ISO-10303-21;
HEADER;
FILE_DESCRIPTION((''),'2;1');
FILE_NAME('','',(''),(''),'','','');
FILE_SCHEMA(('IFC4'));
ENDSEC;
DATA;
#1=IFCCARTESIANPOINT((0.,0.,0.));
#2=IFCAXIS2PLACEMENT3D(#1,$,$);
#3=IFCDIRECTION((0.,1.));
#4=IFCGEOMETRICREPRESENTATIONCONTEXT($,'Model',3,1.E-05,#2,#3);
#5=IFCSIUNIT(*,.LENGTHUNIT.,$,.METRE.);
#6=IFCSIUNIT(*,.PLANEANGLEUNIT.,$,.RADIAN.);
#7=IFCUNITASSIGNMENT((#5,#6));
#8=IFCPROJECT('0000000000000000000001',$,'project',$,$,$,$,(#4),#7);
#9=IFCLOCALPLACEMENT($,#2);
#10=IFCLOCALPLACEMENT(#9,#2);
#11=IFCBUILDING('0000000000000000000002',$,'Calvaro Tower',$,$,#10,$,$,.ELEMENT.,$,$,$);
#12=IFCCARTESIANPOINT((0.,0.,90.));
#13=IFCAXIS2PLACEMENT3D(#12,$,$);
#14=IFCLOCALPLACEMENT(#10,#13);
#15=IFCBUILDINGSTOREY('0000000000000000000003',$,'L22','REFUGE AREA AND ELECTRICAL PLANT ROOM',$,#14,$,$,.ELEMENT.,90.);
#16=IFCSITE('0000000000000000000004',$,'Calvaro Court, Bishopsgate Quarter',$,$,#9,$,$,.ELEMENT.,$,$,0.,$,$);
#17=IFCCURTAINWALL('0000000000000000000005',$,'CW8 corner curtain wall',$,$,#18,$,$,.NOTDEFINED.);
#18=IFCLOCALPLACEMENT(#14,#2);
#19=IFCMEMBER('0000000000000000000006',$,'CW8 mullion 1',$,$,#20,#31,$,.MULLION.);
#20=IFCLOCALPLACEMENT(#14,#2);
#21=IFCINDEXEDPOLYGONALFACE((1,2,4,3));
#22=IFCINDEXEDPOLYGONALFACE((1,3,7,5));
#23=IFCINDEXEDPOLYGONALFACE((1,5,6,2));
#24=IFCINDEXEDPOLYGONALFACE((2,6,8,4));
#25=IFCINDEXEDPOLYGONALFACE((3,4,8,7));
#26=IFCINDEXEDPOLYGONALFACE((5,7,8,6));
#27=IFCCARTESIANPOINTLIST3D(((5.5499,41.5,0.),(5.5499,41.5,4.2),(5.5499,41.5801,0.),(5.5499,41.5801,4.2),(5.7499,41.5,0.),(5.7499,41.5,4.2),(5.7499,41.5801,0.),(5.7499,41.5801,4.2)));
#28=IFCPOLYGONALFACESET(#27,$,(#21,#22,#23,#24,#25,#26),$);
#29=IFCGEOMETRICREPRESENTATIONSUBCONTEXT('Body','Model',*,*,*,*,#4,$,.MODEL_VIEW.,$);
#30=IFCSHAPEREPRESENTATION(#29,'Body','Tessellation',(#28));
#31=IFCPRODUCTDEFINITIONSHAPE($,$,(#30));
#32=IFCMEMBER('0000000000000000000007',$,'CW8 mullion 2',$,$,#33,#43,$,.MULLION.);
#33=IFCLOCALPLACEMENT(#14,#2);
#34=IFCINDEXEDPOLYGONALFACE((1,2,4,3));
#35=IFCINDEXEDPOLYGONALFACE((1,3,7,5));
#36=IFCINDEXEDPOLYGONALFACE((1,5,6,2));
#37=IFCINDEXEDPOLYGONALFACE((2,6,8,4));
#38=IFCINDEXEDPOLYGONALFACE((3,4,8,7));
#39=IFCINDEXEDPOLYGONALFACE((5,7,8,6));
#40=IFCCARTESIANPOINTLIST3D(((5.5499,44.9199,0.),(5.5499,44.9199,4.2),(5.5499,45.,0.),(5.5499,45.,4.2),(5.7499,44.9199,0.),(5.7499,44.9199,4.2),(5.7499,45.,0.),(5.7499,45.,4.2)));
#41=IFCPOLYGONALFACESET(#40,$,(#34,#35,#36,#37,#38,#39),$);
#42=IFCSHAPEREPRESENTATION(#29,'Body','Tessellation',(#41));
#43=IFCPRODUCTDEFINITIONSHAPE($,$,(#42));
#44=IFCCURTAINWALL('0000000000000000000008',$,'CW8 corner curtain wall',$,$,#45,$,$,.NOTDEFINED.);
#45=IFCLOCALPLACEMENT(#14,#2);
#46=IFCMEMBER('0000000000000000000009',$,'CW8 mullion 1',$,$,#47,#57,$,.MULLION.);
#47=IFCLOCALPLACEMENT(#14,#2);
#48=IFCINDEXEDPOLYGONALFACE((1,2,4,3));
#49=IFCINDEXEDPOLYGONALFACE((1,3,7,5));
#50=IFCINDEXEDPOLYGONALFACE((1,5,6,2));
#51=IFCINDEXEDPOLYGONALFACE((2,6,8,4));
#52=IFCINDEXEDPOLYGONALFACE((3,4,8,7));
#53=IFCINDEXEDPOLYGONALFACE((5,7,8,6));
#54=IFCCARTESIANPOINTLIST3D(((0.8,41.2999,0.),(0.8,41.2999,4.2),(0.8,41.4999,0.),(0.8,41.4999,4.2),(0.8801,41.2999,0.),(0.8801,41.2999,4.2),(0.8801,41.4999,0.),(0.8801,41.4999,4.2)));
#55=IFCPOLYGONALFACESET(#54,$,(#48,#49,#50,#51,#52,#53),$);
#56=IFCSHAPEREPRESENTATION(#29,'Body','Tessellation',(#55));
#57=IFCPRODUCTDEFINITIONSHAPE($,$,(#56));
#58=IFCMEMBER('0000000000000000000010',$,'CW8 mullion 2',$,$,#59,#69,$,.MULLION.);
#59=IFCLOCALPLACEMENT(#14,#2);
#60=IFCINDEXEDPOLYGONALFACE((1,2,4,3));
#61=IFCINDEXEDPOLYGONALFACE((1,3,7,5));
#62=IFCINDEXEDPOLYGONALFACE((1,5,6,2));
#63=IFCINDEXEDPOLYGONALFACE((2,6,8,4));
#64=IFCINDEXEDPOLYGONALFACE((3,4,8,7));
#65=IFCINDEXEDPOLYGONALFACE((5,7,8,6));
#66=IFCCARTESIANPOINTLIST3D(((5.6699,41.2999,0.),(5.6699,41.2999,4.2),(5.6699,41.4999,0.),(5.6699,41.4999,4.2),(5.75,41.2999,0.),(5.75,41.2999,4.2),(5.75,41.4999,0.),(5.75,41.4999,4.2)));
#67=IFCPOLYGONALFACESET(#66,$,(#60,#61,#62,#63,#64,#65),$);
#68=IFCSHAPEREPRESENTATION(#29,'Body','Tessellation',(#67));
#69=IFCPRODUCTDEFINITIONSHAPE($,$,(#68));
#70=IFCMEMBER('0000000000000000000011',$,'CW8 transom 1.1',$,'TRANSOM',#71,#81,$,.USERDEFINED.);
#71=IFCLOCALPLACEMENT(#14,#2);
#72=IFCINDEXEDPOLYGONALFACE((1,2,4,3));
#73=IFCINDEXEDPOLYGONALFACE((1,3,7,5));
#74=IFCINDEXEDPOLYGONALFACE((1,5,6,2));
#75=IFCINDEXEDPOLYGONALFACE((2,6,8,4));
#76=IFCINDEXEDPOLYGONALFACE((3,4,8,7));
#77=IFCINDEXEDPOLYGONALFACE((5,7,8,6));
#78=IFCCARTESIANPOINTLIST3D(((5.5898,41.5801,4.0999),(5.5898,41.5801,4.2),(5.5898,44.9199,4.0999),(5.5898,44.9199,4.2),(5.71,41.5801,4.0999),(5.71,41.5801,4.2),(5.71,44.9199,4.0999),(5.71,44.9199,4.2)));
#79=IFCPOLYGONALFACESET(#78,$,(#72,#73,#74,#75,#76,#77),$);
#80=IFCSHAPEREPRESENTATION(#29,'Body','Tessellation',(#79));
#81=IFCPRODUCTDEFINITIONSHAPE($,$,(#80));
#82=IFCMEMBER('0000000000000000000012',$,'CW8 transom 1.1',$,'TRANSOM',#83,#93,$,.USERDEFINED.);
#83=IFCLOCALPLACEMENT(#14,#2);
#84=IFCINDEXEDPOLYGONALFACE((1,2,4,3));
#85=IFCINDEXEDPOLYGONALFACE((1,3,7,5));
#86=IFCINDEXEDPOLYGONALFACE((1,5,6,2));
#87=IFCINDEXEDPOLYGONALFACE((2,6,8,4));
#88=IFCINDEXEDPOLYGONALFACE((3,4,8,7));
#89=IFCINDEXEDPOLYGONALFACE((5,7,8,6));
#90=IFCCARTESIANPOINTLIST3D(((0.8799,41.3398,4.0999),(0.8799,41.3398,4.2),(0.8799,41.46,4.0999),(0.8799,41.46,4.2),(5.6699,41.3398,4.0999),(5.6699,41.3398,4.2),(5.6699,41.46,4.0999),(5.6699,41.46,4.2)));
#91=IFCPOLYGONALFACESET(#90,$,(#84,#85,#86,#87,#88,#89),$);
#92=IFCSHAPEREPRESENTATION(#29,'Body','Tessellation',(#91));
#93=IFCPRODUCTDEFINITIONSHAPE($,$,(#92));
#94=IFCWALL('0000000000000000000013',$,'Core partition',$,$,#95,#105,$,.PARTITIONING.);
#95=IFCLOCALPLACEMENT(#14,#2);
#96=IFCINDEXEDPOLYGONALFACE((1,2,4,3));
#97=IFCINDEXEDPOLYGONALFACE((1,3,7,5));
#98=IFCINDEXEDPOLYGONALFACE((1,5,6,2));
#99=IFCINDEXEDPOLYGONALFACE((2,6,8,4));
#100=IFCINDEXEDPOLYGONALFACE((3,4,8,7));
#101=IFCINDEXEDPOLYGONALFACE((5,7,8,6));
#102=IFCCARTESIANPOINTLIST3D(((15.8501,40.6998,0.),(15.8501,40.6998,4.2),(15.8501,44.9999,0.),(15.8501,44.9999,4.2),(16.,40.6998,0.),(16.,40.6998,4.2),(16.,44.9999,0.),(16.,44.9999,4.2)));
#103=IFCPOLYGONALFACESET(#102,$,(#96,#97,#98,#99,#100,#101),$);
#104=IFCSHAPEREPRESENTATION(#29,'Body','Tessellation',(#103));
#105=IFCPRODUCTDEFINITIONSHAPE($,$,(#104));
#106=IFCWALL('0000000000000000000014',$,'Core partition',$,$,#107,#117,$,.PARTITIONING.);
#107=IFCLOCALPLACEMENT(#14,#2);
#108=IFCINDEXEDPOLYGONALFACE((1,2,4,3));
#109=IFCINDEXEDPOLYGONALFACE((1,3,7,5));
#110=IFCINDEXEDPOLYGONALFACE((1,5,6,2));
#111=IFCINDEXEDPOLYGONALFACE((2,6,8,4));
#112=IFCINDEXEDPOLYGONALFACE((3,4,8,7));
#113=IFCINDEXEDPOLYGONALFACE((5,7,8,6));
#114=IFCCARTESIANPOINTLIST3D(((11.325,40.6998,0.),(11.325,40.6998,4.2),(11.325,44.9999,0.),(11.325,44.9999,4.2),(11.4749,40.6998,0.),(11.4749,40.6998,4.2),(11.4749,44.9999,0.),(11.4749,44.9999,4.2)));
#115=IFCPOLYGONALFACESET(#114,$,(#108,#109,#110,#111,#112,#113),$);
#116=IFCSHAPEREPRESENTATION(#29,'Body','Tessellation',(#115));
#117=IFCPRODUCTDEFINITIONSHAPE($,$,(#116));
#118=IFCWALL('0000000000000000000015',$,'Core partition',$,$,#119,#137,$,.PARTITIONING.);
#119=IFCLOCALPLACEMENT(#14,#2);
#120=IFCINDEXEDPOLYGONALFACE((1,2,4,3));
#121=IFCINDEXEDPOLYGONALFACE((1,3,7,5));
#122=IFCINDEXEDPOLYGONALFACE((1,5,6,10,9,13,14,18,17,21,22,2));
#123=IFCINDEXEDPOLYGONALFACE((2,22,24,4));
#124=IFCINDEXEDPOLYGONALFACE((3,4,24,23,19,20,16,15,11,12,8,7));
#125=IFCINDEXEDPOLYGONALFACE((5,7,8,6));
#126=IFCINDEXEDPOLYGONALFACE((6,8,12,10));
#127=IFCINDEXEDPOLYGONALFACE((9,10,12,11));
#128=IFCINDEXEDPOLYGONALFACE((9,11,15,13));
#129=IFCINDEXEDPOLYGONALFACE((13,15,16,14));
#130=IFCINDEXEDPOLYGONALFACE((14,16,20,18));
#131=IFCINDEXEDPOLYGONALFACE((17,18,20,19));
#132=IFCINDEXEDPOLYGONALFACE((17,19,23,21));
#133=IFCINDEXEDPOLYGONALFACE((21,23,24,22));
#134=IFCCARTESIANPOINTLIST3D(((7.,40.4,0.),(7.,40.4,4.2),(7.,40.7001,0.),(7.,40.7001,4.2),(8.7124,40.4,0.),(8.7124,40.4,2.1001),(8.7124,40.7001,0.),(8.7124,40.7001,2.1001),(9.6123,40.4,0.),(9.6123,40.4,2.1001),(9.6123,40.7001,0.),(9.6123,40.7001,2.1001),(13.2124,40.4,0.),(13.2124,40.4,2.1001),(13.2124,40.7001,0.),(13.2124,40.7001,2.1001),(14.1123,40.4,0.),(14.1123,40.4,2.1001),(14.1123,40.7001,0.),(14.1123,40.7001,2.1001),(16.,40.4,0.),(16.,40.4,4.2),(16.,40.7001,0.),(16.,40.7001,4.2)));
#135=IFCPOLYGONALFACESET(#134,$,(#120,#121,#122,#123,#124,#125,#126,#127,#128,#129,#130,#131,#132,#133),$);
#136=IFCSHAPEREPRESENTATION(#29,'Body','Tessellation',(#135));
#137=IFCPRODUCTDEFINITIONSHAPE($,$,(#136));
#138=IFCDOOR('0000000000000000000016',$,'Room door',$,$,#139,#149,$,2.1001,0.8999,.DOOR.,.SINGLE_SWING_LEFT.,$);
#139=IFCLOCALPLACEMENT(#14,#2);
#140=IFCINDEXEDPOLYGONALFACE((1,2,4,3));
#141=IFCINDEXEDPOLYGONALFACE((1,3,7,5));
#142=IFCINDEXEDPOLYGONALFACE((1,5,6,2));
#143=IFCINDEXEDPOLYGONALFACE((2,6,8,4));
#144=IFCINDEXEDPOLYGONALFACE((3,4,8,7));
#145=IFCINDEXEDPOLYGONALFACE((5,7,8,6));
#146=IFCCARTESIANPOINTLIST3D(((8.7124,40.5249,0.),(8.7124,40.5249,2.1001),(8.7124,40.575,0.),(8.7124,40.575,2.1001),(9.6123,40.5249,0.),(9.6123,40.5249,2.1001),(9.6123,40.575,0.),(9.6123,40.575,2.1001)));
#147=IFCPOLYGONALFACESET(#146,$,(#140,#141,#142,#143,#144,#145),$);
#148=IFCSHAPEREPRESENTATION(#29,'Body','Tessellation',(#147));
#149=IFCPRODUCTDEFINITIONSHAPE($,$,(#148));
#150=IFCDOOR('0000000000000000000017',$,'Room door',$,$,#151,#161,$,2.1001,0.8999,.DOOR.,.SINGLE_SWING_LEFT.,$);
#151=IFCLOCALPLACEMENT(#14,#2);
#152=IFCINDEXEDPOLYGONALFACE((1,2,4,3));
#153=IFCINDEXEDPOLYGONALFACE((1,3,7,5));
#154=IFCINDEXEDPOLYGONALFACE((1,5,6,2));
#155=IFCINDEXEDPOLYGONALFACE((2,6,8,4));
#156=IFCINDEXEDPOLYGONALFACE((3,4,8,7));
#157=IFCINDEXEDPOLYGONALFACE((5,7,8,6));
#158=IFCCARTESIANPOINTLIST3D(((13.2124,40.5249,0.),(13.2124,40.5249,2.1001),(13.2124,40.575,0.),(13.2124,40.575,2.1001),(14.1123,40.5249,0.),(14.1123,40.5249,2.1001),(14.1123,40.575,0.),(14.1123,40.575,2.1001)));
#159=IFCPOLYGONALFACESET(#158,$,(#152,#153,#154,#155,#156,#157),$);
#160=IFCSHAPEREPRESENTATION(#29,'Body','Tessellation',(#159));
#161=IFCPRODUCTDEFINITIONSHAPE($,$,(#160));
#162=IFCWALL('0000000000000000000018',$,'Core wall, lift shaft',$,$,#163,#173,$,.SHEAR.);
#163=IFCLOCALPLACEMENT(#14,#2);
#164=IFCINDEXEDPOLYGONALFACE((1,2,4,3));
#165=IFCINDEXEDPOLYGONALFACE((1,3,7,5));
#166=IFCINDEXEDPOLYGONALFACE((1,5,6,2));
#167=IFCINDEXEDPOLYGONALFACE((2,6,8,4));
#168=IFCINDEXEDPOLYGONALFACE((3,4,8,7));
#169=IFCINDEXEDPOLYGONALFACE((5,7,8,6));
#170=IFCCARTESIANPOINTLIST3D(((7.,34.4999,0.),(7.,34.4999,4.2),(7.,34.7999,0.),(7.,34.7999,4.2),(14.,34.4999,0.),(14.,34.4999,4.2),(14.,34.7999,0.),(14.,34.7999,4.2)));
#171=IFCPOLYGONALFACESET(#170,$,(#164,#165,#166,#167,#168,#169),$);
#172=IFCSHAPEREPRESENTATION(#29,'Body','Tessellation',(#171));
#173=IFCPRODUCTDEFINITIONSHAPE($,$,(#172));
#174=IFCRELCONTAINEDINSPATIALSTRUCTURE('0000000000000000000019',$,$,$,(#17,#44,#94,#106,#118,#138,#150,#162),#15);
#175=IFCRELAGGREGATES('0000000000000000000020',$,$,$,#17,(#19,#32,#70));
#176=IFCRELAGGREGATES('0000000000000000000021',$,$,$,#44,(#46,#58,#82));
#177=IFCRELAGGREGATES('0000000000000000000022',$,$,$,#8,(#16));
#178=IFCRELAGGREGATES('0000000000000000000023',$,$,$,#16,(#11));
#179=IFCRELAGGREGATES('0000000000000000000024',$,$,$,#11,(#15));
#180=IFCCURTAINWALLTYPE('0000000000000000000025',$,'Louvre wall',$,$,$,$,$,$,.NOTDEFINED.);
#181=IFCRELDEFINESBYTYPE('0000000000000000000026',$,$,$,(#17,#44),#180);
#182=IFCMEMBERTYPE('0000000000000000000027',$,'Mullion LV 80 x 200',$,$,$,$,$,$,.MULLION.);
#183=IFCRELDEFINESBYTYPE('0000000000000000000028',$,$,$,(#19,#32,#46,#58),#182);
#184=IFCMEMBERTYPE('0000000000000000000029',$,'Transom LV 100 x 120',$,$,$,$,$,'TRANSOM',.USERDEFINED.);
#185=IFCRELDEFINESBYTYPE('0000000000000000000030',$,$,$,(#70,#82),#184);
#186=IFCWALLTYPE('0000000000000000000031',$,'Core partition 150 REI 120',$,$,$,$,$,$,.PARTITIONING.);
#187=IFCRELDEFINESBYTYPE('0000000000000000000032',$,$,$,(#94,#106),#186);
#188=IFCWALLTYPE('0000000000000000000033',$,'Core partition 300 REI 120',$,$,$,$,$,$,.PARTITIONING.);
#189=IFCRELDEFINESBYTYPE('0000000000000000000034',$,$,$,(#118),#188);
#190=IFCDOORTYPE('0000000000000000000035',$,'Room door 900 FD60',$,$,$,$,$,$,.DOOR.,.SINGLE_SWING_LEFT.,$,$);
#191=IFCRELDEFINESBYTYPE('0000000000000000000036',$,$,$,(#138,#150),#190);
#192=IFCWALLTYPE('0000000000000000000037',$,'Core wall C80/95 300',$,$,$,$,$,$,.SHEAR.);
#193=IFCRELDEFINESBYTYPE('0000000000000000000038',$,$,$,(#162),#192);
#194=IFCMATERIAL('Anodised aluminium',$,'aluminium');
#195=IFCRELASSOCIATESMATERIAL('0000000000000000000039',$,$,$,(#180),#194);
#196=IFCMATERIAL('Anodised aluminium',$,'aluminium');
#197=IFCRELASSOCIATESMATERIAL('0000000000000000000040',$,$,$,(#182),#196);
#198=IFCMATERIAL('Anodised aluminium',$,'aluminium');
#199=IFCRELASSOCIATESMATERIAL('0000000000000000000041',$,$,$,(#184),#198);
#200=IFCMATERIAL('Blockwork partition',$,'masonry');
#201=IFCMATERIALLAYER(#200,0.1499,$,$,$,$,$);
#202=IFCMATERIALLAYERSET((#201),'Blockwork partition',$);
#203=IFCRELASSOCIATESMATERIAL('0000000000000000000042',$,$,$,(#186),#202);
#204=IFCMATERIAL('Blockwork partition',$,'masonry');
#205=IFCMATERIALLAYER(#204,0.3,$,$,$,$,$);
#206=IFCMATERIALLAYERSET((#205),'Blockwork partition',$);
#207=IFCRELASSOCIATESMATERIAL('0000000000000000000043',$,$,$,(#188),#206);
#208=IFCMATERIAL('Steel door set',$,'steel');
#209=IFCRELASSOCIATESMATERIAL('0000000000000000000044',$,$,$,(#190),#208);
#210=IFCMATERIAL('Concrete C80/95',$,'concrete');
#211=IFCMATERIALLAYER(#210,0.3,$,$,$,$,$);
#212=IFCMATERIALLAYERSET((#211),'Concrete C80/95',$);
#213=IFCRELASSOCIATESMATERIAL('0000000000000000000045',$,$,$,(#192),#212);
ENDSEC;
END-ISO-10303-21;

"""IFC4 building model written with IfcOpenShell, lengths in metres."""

from ifc_helpers import new_model, si_unit, direction, frame, frame_2d, origin, origin_2d, place, context, subcontext, project, spatial, rectangle, extrude, material, layer, layer_set, material_profile, profile_set, type_object, element, fill, aggregate, save


model = new_model("IFC4")

# Units and contexts
model_context = context("Model", 3, precision=1e-05, world=origin(), true_north=direction((0.0, 1.0)))
body_context = subcontext(model_context, "Body", "Model", "MODEL_VIEW")
ifc_project = project(units=[si_unit("LENGTHUNIT", "METRE"), si_unit("PLANEANGLEUNIT", "RADIAN")], contexts=[model_context])

# Site, building, storey
site_placement = place(None, origin())
site = spatial("IfcSite", under=ifc_project, at=site_placement, Name="Calvaro Court, Bishopsgate Quarter", CompositionType="ELEMENT", RefElevation=0.0)
building_placement = place(site_placement, origin())
building = spatial("IfcBuilding", under=site, at=building_placement, Name="Calvaro Tower", CompositionType="ELEMENT")
storey_placement = place(building_placement, frame((0.0, 0.0, 90.0)))
storey = spatial("IfcBuildingStorey", under=building, at=storey_placement, Name="L22", Description="REFUGE AREA AND ELECTRICAL PLANT ROOM", CompositionType="ELEMENT", Elevation=90.0)

# Curtain walls, members
ifc_material_1 = material(Name="Anodised aluminium", Category="aluminium")
curtain_wall_type = type_object("IfcCurtainWallType", Name="Louvre wall", PredefinedType="NOTDEFINED", material=ifc_material_1)
curtain_wall_1_placement = place(storey_placement, origin())
curtain_wall_1 = element("IfcCurtainWall", 1, at=curtain_wall_1_placement, inside=storey, type_object=curtain_wall_type, Name="CW8 corner curtain wall", PredefinedType="NOTDEFINED")
ifc_material_2 = material(Name="Anodised aluminium", Category="aluminium")
ifc_material_profile_1 = material_profile(ifc_material_2, rectangle(XDim=0.2, YDim=0.0801, at=origin_2d()), Name="Mullion LV 80 x 200")
ifc_profile_set_1 = profile_set([ifc_material_profile_1], Name="Anodised aluminium")
member_type_1 = type_object("IfcMemberType", Name="Mullion LV 80 x 200", PredefinedType="MULLION", material=ifc_profile_set_1)
member_1_placement = place(storey_placement, frame((5.6499, 41.54, 0.0), z_axis=(0.0, 0.0, 1.0), x_axis=(-1.0, 0.0, 0.0)))
member_1 = element("IfcMember", 2, at=member_1_placement, type_object=member_type_1, Name="CW8 mullion 1", PredefinedType="MULLION", context=body_context, shape_type="SweptSolid", body=[
    extrude(rectangle(XDim=0.2, YDim=0.0801, at=origin_2d()), origin(), (0.0, 0.0, 1.0), 4.2),
])
member_2_placement = place(storey_placement, frame((5.6499, 44.96, 0.0), z_axis=(0.0, 0.0, 1.0), x_axis=(-1.0, 0.0, 0.0)))
member_2 = element("IfcMember", 3, at=member_2_placement, type_object=member_type_1, Name="CW8 mullion 2", PredefinedType="MULLION", context=body_context, shape_type="SweptSolid", body=[
    extrude(rectangle(XDim=0.2, YDim=0.0801, at=origin_2d()), origin(), (0.0, 0.0, 1.0), 4.2),
])
curtain_wall_2_placement = place(storey_placement, origin())
curtain_wall_2 = element("IfcCurtainWall", 4, at=curtain_wall_2_placement, inside=storey, type_object=curtain_wall_type, Name="CW8 corner curtain wall", PredefinedType="NOTDEFINED")
member_3_placement = place(storey_placement, frame((0.8401, 41.3999, 0.0), z_axis=(0.0, 0.0, 1.0), x_axis=(0.0, 1.0, 0.0)))
member_3 = element("IfcMember", 5, at=member_3_placement, type_object=member_type_1, Name="CW8 mullion 1", PredefinedType="MULLION", context=body_context, shape_type="SweptSolid", body=[
    extrude(rectangle(XDim=0.2, YDim=0.0801, at=origin_2d()), origin(), (0.0, 0.0, 1.0), 4.2),
])
member_4_placement = place(storey_placement, frame((5.71, 41.3999, 0.0), z_axis=(0.0, 0.0, 1.0), x_axis=(0.0, 1.0, 0.0)))
member_4 = element("IfcMember", 6, at=member_4_placement, type_object=member_type_1, Name="CW8 mullion 2", PredefinedType="MULLION", context=body_context, shape_type="SweptSolid", body=[
    extrude(rectangle(XDim=0.2, YDim=0.0801, at=origin_2d()), origin(), (0.0, 0.0, 1.0), 4.2),
])

# Members
ifc_material_3 = material(Name="Anodised aluminium", Category="aluminium")
ifc_material_profile_2 = material_profile(ifc_material_3, rectangle(XDim=0.1201, YDim=0.1001, at=origin_2d()), Name="Transom LV 100 x 120")
ifc_profile_set_2 = profile_set([ifc_material_profile_2], Name="Anodised aluminium")
member_type_2 = type_object("IfcMemberType", Name="Transom LV 100 x 120", ElementType="TRANSOM", PredefinedType="USERDEFINED", material=ifc_profile_set_2)
member_5_placement = place(storey_placement, frame((5.6499, 41.5801, 4.1499), z_axis=(0.0, 1.0, 0.0), x_axis=(-1.0, 0.0, 0.0)))
member_5 = element("IfcMember", 7, at=member_5_placement, type_object=member_type_2, Name="CW8 transom 1.1", ObjectType="TRANSOM", PredefinedType="USERDEFINED", context=body_context, shape_type="SweptSolid", body=[
    extrude(rectangle(XDim=0.1201, YDim=0.1001, at=origin_2d()), origin(), (0.0, 0.0, 1.0), 3.3398),
])
member_6_placement = place(storey_placement, frame((0.8799, 41.3999, 4.1499), z_axis=(1.0, 0.0, 0.0), x_axis=(0.0, 1.0, 0.0)))
member_6 = element("IfcMember", 8, at=member_6_placement, type_object=member_type_2, Name="CW8 transom 1.1", ObjectType="TRANSOM", PredefinedType="USERDEFINED", context=body_context, shape_type="SweptSolid", body=[
    extrude(rectangle(XDim=0.1201, YDim=0.1001, at=origin_2d()), origin(), (0.0, 0.0, 1.0), 4.79),
])

# Walls
ifc_material_4 = material(Name="Blockwork partition", Category="masonry")
ifc_layer_1 = layer(ifc_material_4, 0.1499)
ifc_layer_set_1 = layer_set([ifc_layer_1], Name="Blockwork partition")
wall_type_1 = type_object("IfcWallType", Name="Core partition 150 REI 120", PredefinedType="PARTITIONING", material=ifc_layer_set_1)
for number, where, z_axis, x_axis, name in (
    (9, (15.925, 40.7, 0.0), (0.0, 0.0, 1.0), (0.0, 1.0, 0.0), "Core partition"),
    (10, (11.3999, 40.7, 0.0), (0.0, 0.0, 1.0), (0.0, 1.0, 0.0), "Core partition"),
):
    element("IfcWall", number, at=place(storey_placement, frame(where, z_axis=z_axis, x_axis=x_axis)), inside=storey, type_object=wall_type_1, Name=name, PredefinedType="PARTITIONING", context=body_context, shape_type="SweptSolid", body=[
        extrude(rectangle(XDim=4.3, YDim=0.1499, at=frame_2d((2.1499, 0.0))), origin(), (0.0, 0.0, 1.0), 4.2),
    ])

# Wall, openings, doors
ifc_material_5 = material(Name="Blockwork partition", Category="masonry")
ifc_layer_2 = layer(ifc_material_5, 0.3)
ifc_layer_set_2 = layer_set([ifc_layer_2], Name="Blockwork partition")
wall_type_2 = type_object("IfcWallType", Name="Core partition 300 REI 120", PredefinedType="PARTITIONING", material=ifc_layer_set_2)
wall_1_placement = place(storey_placement, frame((7.0, 40.55, 0.0), z_axis=(0.0, 0.0, 1.0), x_axis=(1.0, 0.0, 0.0)))
wall_1 = element("IfcWall", 11, at=wall_1_placement, inside=storey, type_object=wall_type_2, Name="Core partition", PredefinedType="PARTITIONING", context=body_context, shape_type="SweptSolid", body=[
    extrude(rectangle(XDim=9.0, YDim=0.3, at=frame_2d((4.5, 0.0))), origin(), (0.0, 0.0, 1.0), 4.2),
])
opening_1_placement = place(wall_1_placement, frame((1.7124, 0.0, 0.0)))
opening_1 = element("IfcOpeningElement", 12, at=opening_1_placement, cuts=wall_1, PredefinedType="OPENING", context=body_context, shape_type="SweptSolid", body=[
    extrude(rectangle(XDim=0.8999, YDim=2.1001, at=frame_2d((0.45, 1.05))), frame((0.0, 0.1599, 0.0), z_axis=(0.0, -1.0, 0.0), x_axis=(1.0, 0.0, 0.0)), (0.0, 0.0, 1.0), 0.3201),
])
opening_2_placement = place(wall_1_placement, frame((6.2124, 0.0, 0.0)))
opening_2 = element("IfcOpeningElement", 13, at=opening_2_placement, cuts=wall_1, PredefinedType="OPENING", context=body_context, shape_type="SweptSolid", body=[
    extrude(rectangle(XDim=0.8999, YDim=2.1001, at=frame_2d((0.45, 1.05))), frame((0.0, 0.1599, 0.0), z_axis=(0.0, -1.0, 0.0), x_axis=(1.0, 0.0, 0.0)), (0.0, 0.0, 1.0), 0.3201),
])
ifc_material_6 = material(Name="Steel door set", Category="steel")
door_type_1 = type_object("IfcDoorType", Name="Room door 900 FD60", OperationType="SINGLE_SWING_LEFT", PredefinedType="DOOR", material=ifc_material_6)
door_1_placement = place(opening_1_placement, origin())
door_1 = element("IfcDoor", 14, at=door_1_placement, inside=storey, type_object=door_type_1, Name="Room door", OperationType="SINGLE_SWING_LEFT", OverallHeight=2.1001, OverallWidth=0.8999, PredefinedType="DOOR", context=body_context, shape_type="SweptSolid", body=[
    extrude(rectangle(XDim=0.8999, YDim=2.1001, at=frame_2d((0.45, 1.05))), frame((0.0, 0.0249, 0.0), z_axis=(0.0, -1.0, 0.0), x_axis=(1.0, 0.0, 0.0)), (0.0, 0.0, 1.0), 0.05),
])
fill(opening_1, door_1)
door_2_placement = place(opening_2_placement, origin())
door_2 = element("IfcDoor", 15, at=door_2_placement, inside=storey, type_object=door_type_1, Name="Room door", OperationType="SINGLE_SWING_LEFT", OverallHeight=2.1001, OverallWidth=0.8999, PredefinedType="DOOR", context=body_context, shape_type="SweptSolid", body=[
    extrude(rectangle(XDim=0.8999, YDim=2.1001, at=frame_2d((0.45, 1.05))), frame((0.0, 0.0249, 0.0), z_axis=(0.0, -1.0, 0.0), x_axis=(1.0, 0.0, 0.0)), (0.0, 0.0, 1.0), 0.05),
])
fill(opening_2, door_2)

# Wall
ifc_material_7 = material(Name="Concrete C80/95", Category="concrete")
ifc_layer_3 = layer(ifc_material_7, 0.3)
ifc_layer_set_3 = layer_set([ifc_layer_3], Name="Concrete C80/95")
wall_type_3 = type_object("IfcWallType", Name="Core wall C80/95 300", PredefinedType="SHEAR", material=ifc_layer_set_3)
wall_2_placement = place(storey_placement, frame((7.0, 34.6499, 0.0), z_axis=(0.0, 0.0, 1.0), x_axis=(1.0, 0.0, 0.0)))
element("IfcWall", 16, at=wall_2_placement, inside=storey, type_object=wall_type_3, Name="Core wall, lift shaft", PredefinedType="SHEAR", context=body_context, shape_type="SweptSolid", body=[
    extrude(rectangle(XDim=7.0, YDim=0.3, at=frame_2d((3.5, 0.0))), origin(), (0.0, 0.0, 1.0), 4.2),
])

aggregate(curtain_wall_1, [member_1, member_2, member_5])
aggregate(curtain_wall_2, [member_3, member_4, member_6])

save(model, "model.ifc")
